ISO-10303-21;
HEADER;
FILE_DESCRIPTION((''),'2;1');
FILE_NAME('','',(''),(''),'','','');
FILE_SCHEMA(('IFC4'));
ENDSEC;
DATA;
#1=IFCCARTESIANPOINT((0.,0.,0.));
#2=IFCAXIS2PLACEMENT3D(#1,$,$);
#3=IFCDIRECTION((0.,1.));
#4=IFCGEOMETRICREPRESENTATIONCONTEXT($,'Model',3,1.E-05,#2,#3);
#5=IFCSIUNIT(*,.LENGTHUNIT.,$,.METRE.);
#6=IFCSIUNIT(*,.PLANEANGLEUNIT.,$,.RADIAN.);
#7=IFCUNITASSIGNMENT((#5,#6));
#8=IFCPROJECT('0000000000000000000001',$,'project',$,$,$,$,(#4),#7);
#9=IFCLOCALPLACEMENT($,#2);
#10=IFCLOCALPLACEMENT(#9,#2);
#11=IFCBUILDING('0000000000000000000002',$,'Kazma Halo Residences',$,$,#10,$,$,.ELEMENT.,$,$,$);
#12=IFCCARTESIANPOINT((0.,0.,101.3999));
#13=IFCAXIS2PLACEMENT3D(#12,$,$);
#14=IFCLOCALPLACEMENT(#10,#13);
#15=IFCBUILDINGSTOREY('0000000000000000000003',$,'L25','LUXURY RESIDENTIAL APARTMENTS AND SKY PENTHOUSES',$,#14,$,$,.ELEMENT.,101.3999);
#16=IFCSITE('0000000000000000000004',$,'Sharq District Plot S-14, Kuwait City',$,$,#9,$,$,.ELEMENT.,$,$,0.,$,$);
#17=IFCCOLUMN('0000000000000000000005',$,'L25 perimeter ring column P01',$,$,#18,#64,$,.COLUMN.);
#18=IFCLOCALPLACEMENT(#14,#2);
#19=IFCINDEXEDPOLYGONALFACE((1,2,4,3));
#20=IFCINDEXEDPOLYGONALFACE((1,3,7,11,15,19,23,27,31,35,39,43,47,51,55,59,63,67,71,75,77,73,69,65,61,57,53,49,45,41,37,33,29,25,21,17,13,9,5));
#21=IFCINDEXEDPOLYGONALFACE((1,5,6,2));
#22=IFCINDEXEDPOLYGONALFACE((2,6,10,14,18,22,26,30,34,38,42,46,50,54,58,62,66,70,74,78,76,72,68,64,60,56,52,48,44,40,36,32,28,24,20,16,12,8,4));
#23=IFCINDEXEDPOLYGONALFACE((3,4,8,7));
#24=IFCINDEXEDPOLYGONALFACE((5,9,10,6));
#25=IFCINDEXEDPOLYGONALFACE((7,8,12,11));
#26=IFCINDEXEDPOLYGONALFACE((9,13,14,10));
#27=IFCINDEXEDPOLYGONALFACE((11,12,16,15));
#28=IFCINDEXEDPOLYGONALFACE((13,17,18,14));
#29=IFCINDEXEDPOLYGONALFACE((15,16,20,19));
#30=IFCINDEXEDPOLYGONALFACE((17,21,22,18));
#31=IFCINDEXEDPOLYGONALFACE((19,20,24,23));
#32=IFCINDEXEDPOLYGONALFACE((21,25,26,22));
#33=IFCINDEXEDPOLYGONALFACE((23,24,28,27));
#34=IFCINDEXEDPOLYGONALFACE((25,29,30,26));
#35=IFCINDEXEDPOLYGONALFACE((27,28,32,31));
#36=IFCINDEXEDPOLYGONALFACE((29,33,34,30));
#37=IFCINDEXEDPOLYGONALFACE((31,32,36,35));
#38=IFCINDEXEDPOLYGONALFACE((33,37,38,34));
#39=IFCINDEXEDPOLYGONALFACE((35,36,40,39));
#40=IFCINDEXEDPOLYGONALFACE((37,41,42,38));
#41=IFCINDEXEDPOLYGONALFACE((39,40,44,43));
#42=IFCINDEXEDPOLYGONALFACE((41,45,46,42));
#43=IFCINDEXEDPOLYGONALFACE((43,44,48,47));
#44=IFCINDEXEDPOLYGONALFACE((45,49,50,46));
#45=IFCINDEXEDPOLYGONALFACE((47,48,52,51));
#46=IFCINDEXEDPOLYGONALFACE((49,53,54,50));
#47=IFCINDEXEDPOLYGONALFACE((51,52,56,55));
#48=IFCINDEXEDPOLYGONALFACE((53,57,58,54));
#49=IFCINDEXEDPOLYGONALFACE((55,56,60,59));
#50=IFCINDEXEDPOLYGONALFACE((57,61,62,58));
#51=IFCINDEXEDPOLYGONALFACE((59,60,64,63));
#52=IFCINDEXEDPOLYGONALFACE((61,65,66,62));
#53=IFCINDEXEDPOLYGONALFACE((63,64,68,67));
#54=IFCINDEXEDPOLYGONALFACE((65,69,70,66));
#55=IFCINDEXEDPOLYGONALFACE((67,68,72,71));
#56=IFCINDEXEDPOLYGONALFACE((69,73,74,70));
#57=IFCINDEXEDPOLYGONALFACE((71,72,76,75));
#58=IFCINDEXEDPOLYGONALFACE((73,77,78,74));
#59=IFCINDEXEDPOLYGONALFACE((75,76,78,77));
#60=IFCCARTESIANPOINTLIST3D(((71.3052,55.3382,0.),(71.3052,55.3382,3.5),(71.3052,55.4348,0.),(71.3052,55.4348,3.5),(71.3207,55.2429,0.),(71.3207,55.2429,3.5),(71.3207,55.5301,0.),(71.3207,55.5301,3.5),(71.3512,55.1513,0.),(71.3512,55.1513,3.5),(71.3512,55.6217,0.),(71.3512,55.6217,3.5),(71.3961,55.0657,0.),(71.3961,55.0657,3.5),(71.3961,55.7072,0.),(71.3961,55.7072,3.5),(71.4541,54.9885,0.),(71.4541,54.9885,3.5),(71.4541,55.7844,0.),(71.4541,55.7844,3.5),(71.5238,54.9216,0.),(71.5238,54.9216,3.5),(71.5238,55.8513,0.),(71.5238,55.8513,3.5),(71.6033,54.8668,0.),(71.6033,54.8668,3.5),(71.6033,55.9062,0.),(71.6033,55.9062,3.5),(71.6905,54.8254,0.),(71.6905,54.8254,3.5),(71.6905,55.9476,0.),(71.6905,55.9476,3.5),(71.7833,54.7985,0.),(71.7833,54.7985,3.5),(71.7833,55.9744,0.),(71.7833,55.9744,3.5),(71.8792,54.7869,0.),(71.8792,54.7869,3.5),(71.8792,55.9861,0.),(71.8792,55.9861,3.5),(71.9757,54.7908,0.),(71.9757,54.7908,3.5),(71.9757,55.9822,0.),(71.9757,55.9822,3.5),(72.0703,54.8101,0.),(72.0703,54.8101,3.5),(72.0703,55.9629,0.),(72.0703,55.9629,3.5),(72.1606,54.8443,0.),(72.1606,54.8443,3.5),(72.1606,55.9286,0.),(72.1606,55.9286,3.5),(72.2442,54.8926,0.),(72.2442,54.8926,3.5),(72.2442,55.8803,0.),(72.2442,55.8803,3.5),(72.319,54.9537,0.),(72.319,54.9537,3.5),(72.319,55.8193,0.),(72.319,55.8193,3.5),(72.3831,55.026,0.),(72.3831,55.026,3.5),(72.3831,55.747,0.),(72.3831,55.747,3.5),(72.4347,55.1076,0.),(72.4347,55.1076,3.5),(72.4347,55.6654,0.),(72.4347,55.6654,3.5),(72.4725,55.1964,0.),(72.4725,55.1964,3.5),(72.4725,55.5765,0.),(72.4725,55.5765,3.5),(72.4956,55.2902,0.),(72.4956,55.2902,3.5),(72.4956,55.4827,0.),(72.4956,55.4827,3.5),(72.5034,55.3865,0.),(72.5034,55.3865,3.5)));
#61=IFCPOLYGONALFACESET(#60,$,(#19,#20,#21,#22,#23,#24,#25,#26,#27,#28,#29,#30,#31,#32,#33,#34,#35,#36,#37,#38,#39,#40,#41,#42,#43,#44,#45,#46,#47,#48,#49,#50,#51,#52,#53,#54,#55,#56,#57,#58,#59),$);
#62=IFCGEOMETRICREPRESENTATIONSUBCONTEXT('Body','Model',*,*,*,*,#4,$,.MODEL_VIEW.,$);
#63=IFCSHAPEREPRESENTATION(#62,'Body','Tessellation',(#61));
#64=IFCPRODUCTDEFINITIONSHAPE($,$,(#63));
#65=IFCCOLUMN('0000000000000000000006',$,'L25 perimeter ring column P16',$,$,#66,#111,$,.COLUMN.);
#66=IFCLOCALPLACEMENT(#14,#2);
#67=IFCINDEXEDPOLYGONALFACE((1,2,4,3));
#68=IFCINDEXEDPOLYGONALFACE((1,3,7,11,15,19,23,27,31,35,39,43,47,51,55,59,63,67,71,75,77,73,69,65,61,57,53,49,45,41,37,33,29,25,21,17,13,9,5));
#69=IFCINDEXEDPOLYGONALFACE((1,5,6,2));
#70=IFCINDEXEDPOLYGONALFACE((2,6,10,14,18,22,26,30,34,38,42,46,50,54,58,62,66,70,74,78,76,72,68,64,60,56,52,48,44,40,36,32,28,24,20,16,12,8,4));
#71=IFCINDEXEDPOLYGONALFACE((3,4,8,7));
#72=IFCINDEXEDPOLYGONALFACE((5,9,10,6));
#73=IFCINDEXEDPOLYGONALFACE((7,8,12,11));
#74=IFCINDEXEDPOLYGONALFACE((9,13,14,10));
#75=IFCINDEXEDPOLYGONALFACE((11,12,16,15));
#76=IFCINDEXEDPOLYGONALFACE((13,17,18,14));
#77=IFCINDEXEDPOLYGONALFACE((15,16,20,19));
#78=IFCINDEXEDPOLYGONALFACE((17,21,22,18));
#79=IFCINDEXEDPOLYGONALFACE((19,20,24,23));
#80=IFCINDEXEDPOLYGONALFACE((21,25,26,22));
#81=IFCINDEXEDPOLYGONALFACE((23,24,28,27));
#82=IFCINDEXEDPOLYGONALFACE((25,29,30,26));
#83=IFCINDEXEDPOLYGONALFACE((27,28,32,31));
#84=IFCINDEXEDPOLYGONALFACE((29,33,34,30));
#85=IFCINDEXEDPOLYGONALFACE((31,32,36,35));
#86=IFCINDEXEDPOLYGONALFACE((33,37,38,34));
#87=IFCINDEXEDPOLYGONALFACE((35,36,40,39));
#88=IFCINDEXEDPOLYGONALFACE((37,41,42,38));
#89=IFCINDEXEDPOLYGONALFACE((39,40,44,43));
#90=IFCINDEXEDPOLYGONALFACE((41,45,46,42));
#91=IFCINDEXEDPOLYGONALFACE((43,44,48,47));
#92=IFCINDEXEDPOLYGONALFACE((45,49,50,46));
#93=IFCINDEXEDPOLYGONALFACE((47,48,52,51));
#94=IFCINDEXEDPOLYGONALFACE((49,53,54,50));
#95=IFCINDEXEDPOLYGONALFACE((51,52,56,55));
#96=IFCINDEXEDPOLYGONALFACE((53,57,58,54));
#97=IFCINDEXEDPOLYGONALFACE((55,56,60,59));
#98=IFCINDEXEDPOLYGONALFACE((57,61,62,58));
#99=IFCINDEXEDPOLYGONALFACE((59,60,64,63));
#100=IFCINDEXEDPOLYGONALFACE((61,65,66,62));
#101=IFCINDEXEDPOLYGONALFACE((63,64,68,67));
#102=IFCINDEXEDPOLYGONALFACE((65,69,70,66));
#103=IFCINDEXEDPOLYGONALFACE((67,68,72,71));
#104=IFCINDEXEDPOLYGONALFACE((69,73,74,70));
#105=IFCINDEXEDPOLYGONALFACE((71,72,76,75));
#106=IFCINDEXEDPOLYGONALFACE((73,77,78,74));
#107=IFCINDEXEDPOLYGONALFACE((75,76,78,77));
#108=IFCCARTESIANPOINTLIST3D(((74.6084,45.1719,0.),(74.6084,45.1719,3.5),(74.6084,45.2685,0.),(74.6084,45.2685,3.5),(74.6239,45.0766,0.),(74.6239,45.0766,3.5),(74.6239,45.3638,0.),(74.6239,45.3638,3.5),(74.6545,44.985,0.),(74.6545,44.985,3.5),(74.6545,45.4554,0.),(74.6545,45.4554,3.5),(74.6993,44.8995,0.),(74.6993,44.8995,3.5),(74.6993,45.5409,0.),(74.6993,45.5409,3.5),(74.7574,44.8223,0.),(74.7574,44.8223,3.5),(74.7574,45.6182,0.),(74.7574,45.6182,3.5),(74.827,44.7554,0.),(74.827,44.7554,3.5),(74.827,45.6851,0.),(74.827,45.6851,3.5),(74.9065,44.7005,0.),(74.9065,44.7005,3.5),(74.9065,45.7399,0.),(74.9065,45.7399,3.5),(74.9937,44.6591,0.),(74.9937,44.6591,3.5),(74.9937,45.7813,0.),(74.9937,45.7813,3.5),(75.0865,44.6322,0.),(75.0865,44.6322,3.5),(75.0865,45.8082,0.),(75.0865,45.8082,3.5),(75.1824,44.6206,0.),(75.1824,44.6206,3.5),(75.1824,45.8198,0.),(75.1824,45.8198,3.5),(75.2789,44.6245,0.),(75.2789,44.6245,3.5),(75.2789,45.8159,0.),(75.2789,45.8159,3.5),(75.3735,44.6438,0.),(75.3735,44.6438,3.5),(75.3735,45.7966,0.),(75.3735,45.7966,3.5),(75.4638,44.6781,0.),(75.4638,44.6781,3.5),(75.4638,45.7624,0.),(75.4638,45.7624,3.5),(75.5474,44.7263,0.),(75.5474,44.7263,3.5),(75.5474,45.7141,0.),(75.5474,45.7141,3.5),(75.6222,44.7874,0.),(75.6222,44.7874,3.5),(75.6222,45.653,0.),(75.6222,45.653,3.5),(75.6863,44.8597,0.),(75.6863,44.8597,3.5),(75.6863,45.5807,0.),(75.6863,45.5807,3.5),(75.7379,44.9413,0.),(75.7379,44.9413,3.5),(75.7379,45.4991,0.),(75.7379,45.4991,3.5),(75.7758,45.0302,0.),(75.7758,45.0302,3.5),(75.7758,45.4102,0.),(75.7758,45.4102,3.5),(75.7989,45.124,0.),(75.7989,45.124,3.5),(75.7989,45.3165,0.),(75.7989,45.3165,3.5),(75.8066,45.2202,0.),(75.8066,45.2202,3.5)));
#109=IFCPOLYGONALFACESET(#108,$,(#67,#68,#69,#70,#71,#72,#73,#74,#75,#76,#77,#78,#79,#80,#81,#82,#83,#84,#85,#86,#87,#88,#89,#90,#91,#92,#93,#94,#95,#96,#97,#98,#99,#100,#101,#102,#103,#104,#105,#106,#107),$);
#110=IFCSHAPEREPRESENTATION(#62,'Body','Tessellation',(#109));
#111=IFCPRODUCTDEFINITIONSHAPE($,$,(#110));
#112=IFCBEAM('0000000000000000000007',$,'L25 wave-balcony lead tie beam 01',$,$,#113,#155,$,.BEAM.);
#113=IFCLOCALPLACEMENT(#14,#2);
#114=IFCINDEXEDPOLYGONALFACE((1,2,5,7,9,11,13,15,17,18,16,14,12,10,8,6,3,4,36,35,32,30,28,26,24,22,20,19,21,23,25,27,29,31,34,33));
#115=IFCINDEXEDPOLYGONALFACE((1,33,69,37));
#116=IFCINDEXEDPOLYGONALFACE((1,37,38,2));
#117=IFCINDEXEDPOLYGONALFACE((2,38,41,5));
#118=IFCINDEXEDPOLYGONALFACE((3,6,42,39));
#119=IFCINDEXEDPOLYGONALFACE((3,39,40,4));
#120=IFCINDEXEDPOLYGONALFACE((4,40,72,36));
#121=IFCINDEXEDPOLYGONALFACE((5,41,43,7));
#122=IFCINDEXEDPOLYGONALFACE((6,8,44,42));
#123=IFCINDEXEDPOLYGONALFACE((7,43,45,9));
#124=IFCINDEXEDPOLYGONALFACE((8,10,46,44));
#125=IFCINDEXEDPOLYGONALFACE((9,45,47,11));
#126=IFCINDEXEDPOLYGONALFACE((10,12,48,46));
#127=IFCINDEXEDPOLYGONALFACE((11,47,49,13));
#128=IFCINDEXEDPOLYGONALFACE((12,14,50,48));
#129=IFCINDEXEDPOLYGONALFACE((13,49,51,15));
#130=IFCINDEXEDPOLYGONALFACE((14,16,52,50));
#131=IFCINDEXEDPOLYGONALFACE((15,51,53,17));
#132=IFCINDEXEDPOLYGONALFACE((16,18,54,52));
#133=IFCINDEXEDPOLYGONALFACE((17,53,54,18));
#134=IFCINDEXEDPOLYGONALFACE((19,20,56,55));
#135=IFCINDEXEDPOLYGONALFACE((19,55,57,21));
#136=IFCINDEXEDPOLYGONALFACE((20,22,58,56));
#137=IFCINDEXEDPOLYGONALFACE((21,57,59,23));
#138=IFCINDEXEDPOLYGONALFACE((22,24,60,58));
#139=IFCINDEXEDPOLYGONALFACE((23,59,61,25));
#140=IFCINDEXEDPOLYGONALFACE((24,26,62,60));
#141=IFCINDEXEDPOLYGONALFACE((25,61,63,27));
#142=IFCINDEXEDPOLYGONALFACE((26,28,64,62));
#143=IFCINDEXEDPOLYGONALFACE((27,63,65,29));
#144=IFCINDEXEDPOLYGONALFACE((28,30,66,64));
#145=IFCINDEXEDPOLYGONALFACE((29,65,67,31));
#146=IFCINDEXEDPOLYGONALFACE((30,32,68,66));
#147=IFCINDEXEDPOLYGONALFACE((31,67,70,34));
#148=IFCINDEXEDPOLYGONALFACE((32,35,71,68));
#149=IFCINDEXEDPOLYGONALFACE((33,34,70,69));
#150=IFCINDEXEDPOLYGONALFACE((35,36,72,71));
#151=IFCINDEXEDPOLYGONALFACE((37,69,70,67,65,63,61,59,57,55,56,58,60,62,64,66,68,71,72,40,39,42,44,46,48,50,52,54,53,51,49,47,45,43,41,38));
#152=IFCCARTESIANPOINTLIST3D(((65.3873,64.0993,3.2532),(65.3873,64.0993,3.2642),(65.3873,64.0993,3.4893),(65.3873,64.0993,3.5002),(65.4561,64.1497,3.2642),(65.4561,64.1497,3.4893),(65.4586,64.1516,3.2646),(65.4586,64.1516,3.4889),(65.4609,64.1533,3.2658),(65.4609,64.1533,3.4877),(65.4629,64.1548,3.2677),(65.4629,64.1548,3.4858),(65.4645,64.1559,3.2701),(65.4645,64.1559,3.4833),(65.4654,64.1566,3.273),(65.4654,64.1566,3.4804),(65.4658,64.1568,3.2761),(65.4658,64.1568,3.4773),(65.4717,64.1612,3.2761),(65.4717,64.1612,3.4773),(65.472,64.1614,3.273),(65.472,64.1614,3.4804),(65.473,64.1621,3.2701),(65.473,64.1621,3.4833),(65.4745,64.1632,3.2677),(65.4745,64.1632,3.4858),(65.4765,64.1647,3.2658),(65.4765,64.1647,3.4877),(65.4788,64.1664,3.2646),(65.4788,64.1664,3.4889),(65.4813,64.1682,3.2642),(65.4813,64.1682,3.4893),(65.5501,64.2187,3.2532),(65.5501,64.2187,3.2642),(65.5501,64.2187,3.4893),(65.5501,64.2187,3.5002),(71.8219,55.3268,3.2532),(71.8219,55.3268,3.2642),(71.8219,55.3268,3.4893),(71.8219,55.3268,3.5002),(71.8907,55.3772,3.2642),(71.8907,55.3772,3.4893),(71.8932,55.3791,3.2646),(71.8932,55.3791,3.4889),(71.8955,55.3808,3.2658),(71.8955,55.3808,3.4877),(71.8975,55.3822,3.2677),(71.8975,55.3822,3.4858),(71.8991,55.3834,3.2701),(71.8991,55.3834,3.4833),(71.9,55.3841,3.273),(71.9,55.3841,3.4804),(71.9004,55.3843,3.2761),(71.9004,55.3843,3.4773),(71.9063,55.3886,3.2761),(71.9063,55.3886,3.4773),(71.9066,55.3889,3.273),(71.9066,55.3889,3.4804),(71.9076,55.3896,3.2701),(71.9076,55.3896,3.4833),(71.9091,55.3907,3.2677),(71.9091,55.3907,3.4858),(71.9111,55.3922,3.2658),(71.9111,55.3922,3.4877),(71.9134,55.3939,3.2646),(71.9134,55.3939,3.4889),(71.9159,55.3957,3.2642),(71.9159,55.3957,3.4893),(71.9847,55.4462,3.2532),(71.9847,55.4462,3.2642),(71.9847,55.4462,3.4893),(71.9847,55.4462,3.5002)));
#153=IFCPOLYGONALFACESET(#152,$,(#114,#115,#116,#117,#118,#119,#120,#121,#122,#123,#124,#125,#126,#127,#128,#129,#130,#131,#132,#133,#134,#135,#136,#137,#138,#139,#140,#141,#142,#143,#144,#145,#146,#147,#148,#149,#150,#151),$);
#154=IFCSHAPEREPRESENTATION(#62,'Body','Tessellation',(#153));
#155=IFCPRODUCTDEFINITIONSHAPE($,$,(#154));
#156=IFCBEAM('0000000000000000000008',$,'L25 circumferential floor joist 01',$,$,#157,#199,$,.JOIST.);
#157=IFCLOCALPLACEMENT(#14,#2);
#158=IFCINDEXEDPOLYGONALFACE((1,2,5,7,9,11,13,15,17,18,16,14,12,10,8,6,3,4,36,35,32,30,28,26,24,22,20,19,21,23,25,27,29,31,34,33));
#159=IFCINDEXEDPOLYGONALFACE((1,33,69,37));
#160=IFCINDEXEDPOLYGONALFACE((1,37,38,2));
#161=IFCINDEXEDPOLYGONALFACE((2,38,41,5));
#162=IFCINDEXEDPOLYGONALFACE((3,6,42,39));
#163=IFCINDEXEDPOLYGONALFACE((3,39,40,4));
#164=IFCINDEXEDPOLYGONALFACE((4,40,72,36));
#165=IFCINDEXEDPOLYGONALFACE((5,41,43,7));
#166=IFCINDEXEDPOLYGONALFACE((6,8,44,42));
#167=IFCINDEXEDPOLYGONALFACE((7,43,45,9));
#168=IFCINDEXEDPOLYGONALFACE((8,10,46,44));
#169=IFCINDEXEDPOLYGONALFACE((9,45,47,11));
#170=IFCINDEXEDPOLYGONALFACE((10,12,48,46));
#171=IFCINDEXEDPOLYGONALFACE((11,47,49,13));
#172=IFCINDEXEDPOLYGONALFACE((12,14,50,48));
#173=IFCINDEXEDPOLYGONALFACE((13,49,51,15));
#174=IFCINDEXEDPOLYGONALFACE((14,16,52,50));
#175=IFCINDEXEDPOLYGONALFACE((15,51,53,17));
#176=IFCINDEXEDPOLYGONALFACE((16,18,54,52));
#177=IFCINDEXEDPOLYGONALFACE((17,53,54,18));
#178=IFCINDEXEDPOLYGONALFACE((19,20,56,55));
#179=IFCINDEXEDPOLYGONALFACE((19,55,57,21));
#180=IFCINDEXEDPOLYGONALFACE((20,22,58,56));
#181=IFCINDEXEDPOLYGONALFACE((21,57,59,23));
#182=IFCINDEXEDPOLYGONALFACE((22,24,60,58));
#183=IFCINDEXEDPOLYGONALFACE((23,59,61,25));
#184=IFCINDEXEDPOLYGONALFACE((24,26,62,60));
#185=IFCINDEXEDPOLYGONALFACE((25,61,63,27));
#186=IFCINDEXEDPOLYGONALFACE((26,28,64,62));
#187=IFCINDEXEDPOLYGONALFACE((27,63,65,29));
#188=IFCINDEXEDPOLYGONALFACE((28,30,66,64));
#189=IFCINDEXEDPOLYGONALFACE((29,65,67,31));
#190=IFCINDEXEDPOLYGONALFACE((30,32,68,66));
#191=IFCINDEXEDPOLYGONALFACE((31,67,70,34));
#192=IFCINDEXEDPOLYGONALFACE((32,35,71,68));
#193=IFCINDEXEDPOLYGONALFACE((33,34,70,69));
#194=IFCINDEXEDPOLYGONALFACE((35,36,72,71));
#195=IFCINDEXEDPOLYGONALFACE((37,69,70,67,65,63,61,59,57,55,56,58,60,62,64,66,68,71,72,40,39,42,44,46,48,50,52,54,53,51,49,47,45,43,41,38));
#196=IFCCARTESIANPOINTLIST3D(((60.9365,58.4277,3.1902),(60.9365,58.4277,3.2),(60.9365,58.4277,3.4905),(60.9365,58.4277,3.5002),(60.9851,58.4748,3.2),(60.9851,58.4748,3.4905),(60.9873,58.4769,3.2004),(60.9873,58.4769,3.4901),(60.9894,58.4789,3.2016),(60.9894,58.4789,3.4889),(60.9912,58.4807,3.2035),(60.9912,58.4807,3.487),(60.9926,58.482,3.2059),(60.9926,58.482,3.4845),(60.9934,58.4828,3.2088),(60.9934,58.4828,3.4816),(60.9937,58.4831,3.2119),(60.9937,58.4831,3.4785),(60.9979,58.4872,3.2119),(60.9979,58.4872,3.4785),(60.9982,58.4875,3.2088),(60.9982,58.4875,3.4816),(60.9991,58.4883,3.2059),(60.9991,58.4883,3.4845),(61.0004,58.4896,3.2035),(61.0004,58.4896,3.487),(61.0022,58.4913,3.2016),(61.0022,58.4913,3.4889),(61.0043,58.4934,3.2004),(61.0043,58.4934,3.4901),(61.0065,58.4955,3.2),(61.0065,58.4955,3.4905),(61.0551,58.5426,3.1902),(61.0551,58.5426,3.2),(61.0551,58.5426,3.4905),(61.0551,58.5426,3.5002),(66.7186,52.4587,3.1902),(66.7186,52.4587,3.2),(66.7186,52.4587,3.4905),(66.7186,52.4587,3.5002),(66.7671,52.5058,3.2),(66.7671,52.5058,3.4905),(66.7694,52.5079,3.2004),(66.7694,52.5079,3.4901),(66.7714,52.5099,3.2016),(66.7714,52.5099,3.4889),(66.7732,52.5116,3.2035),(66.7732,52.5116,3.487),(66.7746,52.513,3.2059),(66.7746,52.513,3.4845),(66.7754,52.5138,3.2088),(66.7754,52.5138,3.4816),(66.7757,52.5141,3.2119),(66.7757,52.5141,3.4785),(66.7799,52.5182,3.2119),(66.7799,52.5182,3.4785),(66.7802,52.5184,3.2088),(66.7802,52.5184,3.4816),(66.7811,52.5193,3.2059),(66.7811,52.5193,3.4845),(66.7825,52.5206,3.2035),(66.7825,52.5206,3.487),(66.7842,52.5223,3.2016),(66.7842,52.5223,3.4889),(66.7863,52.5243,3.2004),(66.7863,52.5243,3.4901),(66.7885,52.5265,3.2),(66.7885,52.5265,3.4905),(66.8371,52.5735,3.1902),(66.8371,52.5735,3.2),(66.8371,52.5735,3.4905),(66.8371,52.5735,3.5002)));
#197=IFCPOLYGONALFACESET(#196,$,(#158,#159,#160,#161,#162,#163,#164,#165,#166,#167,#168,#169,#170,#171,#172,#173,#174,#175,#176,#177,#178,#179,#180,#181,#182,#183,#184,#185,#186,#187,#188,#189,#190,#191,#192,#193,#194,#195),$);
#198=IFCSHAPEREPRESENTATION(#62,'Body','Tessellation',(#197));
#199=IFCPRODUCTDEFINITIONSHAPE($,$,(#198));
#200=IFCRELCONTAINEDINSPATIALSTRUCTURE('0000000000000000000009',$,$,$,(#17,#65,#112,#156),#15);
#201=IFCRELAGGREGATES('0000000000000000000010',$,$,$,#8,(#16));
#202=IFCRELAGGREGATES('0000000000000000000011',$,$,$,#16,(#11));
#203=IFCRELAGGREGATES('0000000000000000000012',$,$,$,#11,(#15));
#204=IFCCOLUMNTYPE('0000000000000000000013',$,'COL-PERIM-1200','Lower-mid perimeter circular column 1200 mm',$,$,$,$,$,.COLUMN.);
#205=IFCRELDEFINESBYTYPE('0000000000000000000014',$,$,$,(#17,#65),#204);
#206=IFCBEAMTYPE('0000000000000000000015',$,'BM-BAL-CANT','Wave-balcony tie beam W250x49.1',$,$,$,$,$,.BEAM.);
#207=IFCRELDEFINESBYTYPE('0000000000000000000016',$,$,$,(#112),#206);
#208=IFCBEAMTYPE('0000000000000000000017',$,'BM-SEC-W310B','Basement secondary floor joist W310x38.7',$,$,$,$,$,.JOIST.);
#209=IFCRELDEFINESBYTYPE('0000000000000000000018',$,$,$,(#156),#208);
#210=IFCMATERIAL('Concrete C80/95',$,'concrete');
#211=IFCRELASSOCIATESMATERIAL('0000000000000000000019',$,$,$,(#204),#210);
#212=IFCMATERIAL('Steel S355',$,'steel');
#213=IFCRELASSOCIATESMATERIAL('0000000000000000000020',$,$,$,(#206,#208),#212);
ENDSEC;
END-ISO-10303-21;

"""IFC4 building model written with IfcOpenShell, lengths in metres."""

from ifc_helpers import new_model, si_unit, direction, frame, origin, origin_2d, place, context, subcontext, project, spatial, circle, i_section, extrude, material, material_profile, profile_set, type_object, element, save


model = new_model("IFC4")

# Units and contexts
model_context = context("Model", 3, precision=1e-05, world=origin(), true_north=direction((0.0, 1.0)))
body_context = subcontext(model_context, "Body", "Model", "MODEL_VIEW")
ifc_project = project(units=[si_unit("LENGTHUNIT", "METRE"), si_unit("PLANEANGLEUNIT", "RADIAN")], contexts=[model_context])

# Site, building, storey
site_placement = place(None, origin())
site = spatial("IfcSite", under=ifc_project, at=site_placement, Name="Sharq District Plot S-14, Kuwait City", CompositionType="ELEMENT", RefElevation=0.0)
building_placement = place(site_placement, origin())
building = spatial("IfcBuilding", under=site, at=building_placement, Name="Kazma Halo Residences", CompositionType="ELEMENT")
storey_placement = place(building_placement, frame((0.0, 0.0, 101.3999)))
storey = spatial("IfcBuildingStorey", under=building, at=storey_placement, Name="L25", Description="LUXURY RESIDENTIAL APARTMENTS AND SKY PENTHOUSES", CompositionType="ELEMENT", Elevation=101.3999)

# Columns
ifc_material_1 = material(Name="Concrete C80/95", Category="concrete")
ifc_material_profile_1 = material_profile(ifc_material_1, circle(Radius=0.6001, at=origin_2d()), Name="CIRC1200")
ifc_profile_set_1 = profile_set([ifc_material_profile_1], Name="Concrete C80/95")
column_type = type_object("IfcColumnType", Name="COL-PERIM-1200", Description="Lower-mid perimeter circular column 1200 mm", PredefinedType="COLUMN", material=ifc_profile_set_1)
for number, where, z_axis, x_axis, name in (
    (1, (71.9033, 55.3865, 0.0), (0.0, 0.0, 1.0), (1.0, 0.0, 0.0), "L25 perimeter ring column P01"),
    (2, (75.2065, 45.2202, 0.0), (0.0, 0.0, 1.0), (1.0, 0.0, 0.0), "L25 perimeter ring column P16"),
):
    element("IfcColumn", number, at=place(storey_placement, frame(where, z_axis=z_axis, x_axis=x_axis)), inside=storey, type_object=column_type, Name=name, PredefinedType="COLUMN", context=body_context, shape_type="SweptSolid", body=[
        extrude(circle(Radius=0.6001, at=origin_2d()), origin(), (0.0, 0.0, 1.0), 3.5),
    ])

# Beams
ifc_material_2 = material(Name="Steel S355", Category="steel")
ifc_material_profile_2 = material_profile(ifc_material_2, i_section(OverallWidth=0.2019, OverallDepth=0.2471, WebThickness=0.0073, FlangeThickness=0.011, FilletRadius=0.012, at=origin_2d()), Name="W250x49.1")
ifc_profile_set_2 = profile_set([ifc_material_profile_2], Name="Steel S355")
beam_type_1 = type_object("IfcBeamType", Name="BM-BAL-CANT", Description="Wave-balcony tie beam W250x49.1", PredefinedType="BEAM", material=ifc_profile_set_2)
beam_1_placement = place(storey_placement, frame((71.9033, 55.3865, 3.3767), z_axis=(-0.591449, 0.806342, 0.0), x_axis=(-0.806342, -0.591449, 0.0)))
element("IfcBeam", 3, at=beam_1_placement, inside=storey, type_object=beam_type_1, Name="L25 wave-balcony lead tie beam 01", PredefinedType="BEAM", context=body_context, shape_type="SweptSolid", body=[
    extrude(i_section(OverallWidth=0.2019, OverallDepth=0.2471, WebThickness=0.0073, FlangeThickness=0.011, FilletRadius=0.012, at=origin_2d()), origin(), (0.0, 0.0, 1.0), 10.8794),
])
ifc_material_profile_3 = material_profile(ifc_material_2, i_section(OverallWidth=0.165, OverallDepth=0.3101, WebThickness=0.0059, FlangeThickness=0.0098, FilletRadius=0.012, at=origin_2d()), Name="W310x38.7")
ifc_profile_set_3 = profile_set([ifc_material_profile_3], Name="Steel S355")
beam_type_2 = type_object("IfcBeamType", Name="BM-SEC-W310B", Description="Basement secondary floor joist W310x38.7", PredefinedType="JOIST", material=ifc_profile_set_3)
beam_2_placement = place(storey_placement, frame((66.7778, 52.5161, 3.3452), z_axis=(-0.695765, 0.718269, 0.0), x_axis=(-0.718269, -0.695765, 0.0)))
element("IfcBeam", 4, at=beam_2_placement, inside=storey, type_object=beam_type_2, Name="L25 circumferential floor joist 01", PredefinedType="JOIST", context=body_context, shape_type="SweptSolid", body=[
    extrude(i_section(OverallWidth=0.165, OverallDepth=0.3101, WebThickness=0.0059, FlangeThickness=0.0098, FilletRadius=0.012, at=origin_2d()), origin(), (0.0, 0.0, 1.0), 8.3103),
])

save(model, "model.ifc")
